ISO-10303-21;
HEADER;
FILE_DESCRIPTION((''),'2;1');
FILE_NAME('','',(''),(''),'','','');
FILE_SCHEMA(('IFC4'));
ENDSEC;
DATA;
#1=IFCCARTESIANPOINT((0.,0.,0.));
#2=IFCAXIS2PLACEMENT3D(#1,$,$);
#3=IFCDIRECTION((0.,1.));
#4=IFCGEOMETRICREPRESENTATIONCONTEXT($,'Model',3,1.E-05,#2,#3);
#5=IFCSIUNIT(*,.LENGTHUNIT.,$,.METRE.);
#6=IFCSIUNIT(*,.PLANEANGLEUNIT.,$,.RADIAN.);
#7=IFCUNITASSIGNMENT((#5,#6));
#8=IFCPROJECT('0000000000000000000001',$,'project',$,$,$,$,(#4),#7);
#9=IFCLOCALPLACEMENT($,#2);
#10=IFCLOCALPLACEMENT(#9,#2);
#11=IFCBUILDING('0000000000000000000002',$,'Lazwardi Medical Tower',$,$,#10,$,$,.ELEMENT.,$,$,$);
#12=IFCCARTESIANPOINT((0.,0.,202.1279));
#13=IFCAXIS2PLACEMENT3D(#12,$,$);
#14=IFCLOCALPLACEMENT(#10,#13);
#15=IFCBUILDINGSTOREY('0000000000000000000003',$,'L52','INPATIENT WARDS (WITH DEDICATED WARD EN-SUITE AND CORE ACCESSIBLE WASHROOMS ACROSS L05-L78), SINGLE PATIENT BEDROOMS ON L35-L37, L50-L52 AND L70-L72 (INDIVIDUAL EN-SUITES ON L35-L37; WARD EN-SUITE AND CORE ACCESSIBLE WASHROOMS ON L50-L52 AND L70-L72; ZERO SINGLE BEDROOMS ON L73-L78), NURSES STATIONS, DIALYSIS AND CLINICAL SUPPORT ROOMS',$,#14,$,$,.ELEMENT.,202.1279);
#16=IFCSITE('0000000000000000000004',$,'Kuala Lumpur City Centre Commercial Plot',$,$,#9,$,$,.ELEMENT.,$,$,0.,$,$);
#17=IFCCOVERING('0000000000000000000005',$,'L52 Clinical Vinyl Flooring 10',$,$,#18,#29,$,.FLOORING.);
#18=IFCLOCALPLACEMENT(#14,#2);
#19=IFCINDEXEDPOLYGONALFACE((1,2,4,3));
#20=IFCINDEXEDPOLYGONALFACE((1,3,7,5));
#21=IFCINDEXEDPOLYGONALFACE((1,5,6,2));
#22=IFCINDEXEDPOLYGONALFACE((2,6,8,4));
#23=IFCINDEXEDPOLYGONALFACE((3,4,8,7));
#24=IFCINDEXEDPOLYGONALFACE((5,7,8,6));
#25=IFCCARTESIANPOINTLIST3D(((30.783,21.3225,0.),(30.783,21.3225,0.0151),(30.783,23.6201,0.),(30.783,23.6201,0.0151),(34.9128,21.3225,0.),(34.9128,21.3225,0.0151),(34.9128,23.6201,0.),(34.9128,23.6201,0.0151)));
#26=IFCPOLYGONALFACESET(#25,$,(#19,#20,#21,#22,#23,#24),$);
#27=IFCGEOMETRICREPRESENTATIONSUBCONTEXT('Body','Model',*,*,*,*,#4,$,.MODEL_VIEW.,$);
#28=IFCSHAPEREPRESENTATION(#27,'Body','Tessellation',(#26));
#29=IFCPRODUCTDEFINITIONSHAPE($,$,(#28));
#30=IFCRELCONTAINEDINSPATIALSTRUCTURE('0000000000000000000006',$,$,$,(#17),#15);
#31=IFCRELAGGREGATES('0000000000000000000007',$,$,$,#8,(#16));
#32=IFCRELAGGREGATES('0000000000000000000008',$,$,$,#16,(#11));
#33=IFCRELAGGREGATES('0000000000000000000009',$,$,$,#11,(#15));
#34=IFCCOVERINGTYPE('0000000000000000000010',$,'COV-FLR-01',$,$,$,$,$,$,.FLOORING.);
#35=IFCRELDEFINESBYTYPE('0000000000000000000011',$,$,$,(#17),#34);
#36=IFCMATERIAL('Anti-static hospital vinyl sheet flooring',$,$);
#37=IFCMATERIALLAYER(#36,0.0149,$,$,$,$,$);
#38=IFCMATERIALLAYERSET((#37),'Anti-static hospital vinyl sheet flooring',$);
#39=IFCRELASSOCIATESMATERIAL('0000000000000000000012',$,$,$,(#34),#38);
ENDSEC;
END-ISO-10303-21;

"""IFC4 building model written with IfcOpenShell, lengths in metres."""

from ifc_helpers import new_model, si_unit, direction, frame, origin, place, context, subcontext, project, spatial, polyline, outline, extrude, material, layer, layer_set, type_object, element, save


model = new_model("IFC4")

# Units and contexts
model_context = context("Model", 3, precision=1e-05, world=origin(), true_north=direction((0.0, 1.0)))
body_context = subcontext(model_context, "Body", "Model", "MODEL_VIEW")
ifc_project = project(units=[si_unit("LENGTHUNIT", "METRE"), si_unit("PLANEANGLEUNIT", "RADIAN")], contexts=[model_context])

# Site, building, storey
site_placement = place(None, origin())
site = spatial("IfcSite", under=ifc_project, at=site_placement, Name="Kuala Lumpur City Centre Commercial Plot", CompositionType="ELEMENT", RefElevation=0.0)
building_placement = place(site_placement, origin())
building = spatial("IfcBuilding", under=site, at=building_placement, Name="Lazwardi Medical Tower", CompositionType="ELEMENT")
storey_placement = place(building_placement, frame((0.0, 0.0, 202.1279)))
storey = spatial("IfcBuildingStorey", under=building, at=storey_placement, Name="L52", Description="INPATIENT WARDS (WITH DEDICATED WARD EN-SUITE AND CORE ACCESSIBLE WASHROOMS ACROSS L05-L78), SINGLE PATIENT BEDROOMS ON L35-L37, L50-L52 AND L70-L72 (INDIVIDUAL EN-SUITES ON L35-L37; WARD EN-SUITE AND CORE ACCESSIBLE WASHROOMS ON L50-L52 AND L70-L72; ZERO SINGLE BEDROOMS ON L73-L78), NURSES STATIONS, DIALYSIS AND CLINICAL SUPPORT ROOMS", CompositionType="ELEMENT", Elevation=202.1279)

# Covering
ifc_material_1 = material(Name="Anti-static hospital vinyl sheet flooring")
ifc_layer_1 = layer(ifc_material_1, 0.0149)
ifc_layer_set_1 = layer_set([ifc_layer_1], Name="Anti-static hospital vinyl sheet flooring")
covering_type_1 = type_object("IfcCoveringType", Name="COV-FLR-01", PredefinedType="FLOORING", material=ifc_layer_set_1)
covering_1_placement = place(storey_placement, origin())
element("IfcCovering", 1, at=covering_1_placement, inside=storey, type_object=covering_type_1, Name="L52 Clinical Vinyl Flooring 10", PredefinedType="FLOORING", context=body_context, shape_type="SweptSolid", body=[
    extrude(outline(polyline([(34.9128, 23.6201), (30.783, 23.6201), (30.783, 21.3225), (34.9128, 21.3225), (34.9128, 23.6201)])), origin(), (0.0, 0.0, 1.0), 0.0151),
])

save(model, "model.ifc")
